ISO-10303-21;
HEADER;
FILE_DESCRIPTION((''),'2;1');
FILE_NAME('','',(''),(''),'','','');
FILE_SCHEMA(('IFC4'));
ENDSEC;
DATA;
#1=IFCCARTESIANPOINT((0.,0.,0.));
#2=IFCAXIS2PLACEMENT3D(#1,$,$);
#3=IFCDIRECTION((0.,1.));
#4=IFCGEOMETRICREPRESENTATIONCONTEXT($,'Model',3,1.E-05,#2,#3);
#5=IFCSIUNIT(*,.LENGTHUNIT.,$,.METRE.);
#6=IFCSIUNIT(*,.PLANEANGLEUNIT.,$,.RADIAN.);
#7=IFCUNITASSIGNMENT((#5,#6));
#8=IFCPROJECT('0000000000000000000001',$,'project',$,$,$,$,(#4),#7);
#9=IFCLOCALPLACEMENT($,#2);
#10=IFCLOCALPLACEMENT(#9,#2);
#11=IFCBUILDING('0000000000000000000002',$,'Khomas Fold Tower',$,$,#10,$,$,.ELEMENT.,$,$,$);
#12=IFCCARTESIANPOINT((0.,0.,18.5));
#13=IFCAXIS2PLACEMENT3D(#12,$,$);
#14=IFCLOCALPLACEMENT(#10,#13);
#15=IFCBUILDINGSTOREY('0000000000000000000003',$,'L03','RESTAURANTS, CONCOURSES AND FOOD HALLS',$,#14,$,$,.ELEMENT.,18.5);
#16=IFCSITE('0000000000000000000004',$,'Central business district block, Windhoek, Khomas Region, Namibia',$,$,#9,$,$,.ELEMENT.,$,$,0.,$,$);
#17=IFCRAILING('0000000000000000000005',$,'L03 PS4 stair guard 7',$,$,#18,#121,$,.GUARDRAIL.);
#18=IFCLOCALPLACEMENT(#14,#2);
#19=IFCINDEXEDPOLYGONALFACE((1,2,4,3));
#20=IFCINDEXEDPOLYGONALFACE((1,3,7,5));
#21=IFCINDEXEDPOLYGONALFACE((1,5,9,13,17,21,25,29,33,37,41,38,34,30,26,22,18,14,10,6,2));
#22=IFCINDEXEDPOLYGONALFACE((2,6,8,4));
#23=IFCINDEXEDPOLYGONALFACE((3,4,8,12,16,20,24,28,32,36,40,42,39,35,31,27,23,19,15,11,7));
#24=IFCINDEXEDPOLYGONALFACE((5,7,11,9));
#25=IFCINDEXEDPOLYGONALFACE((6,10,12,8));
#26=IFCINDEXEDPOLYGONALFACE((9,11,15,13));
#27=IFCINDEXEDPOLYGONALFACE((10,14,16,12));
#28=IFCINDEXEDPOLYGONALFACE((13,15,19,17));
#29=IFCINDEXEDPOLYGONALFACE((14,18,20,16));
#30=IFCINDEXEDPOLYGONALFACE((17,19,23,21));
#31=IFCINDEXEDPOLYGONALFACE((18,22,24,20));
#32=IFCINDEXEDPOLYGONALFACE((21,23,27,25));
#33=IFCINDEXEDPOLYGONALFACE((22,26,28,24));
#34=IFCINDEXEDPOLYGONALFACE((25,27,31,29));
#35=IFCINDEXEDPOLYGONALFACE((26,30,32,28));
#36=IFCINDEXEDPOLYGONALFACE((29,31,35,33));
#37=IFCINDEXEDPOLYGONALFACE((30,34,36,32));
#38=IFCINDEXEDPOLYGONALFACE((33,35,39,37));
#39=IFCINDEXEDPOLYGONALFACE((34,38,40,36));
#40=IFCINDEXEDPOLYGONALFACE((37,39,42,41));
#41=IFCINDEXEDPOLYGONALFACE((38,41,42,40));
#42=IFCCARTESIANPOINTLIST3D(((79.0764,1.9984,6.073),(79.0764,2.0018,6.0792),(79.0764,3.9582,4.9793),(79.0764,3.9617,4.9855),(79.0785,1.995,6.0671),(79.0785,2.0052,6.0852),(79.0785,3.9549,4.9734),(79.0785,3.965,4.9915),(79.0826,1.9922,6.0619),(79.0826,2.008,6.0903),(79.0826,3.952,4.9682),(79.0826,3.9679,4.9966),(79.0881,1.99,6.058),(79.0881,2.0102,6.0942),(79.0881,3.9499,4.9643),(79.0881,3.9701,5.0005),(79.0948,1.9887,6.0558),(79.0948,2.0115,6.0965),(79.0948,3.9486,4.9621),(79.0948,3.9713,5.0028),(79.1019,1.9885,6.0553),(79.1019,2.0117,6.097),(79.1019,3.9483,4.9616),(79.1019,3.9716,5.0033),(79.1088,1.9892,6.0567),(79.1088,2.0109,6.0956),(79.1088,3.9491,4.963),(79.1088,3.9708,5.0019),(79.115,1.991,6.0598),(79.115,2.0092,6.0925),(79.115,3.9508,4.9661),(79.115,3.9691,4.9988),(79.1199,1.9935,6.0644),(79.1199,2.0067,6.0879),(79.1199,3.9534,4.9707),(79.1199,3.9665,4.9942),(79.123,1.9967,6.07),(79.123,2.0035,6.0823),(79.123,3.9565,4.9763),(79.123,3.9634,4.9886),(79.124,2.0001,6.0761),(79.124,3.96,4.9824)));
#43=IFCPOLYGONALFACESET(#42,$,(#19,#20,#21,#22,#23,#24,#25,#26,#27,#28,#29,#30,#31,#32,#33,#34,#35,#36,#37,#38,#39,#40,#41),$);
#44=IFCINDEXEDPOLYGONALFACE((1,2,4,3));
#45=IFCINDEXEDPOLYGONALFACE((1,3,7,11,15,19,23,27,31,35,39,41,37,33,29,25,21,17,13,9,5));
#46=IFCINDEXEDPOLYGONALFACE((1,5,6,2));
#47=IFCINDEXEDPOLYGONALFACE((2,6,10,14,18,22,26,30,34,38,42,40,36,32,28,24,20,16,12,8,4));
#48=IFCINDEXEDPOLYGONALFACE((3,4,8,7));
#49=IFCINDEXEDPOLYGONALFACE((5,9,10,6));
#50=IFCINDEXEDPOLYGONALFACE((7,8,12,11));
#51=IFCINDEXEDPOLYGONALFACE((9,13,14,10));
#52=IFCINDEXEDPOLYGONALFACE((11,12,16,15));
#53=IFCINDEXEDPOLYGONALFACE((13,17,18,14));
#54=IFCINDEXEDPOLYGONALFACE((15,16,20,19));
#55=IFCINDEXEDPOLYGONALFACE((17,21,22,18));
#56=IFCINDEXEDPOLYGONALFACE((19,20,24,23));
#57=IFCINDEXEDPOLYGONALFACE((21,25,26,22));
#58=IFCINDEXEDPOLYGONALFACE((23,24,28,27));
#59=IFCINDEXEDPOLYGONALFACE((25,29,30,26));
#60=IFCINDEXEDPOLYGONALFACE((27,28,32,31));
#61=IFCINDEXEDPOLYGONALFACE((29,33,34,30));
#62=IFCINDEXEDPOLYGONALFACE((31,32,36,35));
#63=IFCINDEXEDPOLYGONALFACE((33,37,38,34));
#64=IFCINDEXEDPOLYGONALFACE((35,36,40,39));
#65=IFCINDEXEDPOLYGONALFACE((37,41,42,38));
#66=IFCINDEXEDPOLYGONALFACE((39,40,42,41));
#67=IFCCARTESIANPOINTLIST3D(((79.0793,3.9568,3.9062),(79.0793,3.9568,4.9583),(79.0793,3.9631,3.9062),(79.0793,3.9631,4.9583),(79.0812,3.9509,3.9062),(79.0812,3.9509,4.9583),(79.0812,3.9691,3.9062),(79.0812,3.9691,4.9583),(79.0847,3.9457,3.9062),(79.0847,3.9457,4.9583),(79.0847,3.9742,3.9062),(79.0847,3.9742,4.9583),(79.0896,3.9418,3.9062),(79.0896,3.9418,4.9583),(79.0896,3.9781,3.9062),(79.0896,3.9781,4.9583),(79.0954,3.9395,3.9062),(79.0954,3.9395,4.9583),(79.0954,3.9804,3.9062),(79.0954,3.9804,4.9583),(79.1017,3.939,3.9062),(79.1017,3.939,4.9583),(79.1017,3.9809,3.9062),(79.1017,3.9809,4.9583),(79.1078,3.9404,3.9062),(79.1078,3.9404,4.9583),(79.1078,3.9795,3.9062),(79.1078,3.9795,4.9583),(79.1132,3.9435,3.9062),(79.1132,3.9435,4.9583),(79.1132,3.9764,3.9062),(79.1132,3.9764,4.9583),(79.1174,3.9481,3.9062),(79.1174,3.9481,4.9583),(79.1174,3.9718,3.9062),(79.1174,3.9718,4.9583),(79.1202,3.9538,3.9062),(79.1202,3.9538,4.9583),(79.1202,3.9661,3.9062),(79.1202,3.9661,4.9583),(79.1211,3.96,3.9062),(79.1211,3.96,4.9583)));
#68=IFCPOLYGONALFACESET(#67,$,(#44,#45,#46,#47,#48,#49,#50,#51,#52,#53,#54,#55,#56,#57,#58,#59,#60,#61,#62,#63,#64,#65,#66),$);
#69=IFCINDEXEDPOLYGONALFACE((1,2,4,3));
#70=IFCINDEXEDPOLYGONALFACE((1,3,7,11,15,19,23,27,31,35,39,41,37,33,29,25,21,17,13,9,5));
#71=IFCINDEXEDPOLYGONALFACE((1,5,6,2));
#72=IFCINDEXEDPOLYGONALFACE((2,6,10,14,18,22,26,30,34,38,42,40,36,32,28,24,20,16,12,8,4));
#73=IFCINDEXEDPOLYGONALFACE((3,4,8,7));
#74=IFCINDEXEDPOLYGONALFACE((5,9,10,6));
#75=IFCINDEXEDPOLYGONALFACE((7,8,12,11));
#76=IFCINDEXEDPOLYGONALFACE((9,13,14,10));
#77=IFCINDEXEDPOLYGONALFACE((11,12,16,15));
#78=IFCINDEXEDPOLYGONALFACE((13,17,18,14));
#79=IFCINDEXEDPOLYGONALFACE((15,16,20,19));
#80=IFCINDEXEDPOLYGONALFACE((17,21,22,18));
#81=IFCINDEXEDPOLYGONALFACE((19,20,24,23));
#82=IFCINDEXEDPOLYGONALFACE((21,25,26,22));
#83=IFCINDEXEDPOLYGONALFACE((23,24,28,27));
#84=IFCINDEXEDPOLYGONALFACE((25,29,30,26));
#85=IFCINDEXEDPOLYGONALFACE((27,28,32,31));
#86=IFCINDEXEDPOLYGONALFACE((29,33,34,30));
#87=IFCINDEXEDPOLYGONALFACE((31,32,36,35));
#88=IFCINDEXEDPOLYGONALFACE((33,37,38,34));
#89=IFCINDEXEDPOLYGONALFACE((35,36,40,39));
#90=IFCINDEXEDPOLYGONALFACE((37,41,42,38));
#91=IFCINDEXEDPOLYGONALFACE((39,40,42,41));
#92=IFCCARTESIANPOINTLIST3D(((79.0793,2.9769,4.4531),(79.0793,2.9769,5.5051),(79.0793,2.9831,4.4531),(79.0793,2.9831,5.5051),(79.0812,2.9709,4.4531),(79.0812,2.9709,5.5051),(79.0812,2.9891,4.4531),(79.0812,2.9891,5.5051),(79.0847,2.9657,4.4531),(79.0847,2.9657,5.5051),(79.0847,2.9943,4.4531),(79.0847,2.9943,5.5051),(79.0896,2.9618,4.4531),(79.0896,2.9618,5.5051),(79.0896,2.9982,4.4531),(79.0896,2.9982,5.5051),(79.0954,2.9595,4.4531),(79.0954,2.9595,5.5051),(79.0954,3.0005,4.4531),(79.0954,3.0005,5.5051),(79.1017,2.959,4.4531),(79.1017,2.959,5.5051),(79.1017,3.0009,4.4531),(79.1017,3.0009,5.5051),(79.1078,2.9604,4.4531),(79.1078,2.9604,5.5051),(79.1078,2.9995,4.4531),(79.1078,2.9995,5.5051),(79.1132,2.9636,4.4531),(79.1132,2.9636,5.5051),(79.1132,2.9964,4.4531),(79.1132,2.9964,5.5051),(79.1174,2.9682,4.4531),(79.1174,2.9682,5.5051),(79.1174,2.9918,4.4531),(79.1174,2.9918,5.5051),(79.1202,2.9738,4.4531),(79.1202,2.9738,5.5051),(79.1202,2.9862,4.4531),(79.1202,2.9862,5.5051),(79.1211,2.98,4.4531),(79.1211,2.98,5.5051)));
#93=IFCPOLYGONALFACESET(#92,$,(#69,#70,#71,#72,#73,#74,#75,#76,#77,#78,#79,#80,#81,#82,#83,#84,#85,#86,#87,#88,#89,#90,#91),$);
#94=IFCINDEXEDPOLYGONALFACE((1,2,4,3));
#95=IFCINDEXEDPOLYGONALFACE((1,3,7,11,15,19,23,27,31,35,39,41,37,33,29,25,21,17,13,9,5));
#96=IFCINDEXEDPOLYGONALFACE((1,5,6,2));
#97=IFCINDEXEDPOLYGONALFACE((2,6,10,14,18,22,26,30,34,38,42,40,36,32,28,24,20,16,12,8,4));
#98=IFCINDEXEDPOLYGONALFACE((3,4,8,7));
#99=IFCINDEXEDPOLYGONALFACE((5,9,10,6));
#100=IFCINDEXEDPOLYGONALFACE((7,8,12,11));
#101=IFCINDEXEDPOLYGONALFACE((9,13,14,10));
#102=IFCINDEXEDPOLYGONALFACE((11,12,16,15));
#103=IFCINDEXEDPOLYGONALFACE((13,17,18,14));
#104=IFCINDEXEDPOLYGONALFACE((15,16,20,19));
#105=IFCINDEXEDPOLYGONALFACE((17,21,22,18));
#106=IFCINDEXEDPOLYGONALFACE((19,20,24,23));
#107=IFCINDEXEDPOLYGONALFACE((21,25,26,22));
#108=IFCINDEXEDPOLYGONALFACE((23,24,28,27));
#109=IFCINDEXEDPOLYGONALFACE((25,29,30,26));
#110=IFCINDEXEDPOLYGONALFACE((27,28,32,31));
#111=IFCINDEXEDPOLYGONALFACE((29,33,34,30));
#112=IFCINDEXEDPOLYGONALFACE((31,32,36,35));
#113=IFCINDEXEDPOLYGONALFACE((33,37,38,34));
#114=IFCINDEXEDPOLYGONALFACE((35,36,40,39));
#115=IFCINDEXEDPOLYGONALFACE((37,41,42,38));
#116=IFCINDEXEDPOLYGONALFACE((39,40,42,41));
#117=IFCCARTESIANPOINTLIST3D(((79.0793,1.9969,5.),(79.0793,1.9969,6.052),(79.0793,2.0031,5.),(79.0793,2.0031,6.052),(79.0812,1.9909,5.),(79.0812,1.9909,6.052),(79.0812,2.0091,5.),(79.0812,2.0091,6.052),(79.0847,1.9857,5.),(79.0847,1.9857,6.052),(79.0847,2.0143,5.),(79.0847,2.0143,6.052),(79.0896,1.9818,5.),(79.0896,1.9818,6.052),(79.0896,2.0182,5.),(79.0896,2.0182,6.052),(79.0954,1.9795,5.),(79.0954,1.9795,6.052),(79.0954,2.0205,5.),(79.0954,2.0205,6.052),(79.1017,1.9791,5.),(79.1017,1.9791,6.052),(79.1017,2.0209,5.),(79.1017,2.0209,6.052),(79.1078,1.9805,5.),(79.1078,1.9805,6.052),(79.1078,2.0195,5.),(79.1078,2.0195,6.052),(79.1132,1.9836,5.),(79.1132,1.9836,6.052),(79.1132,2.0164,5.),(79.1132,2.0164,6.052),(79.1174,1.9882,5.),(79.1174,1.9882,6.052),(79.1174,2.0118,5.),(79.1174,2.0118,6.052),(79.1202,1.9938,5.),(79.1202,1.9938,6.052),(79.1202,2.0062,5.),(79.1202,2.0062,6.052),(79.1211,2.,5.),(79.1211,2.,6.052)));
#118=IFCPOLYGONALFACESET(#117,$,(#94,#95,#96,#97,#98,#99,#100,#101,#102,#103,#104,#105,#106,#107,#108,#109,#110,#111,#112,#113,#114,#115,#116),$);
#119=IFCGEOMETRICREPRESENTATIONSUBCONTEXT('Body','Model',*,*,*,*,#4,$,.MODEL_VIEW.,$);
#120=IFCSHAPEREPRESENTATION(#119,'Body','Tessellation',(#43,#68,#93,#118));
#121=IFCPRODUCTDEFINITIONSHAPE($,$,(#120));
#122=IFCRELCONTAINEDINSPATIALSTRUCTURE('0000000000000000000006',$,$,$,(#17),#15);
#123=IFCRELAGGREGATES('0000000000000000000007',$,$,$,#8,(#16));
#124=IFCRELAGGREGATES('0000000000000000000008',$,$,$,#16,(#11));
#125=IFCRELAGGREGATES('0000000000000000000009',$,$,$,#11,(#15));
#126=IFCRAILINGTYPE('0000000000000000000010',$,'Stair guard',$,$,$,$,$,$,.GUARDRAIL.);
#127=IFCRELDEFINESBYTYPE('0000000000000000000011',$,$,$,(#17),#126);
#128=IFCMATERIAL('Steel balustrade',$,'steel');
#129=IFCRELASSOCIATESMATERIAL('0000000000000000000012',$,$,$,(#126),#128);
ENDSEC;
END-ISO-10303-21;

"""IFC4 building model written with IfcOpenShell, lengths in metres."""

from ifc_helpers import new_model, si_unit, direction, frame, origin, origin_2d, place, context, subcontext, project, spatial, circle, extrude, source, transform, mapped, material, type_object, element, save


model = new_model("IFC4")

# Units and contexts
model_context = context("Model", 3, precision=1e-05, world=origin(), true_north=direction((0.0, 1.0)))
body_context = subcontext(model_context, "Body", "Model", "MODEL_VIEW")
ifc_project = project(units=[si_unit("LENGTHUNIT", "METRE"), si_unit("PLANEANGLEUNIT", "RADIAN")], contexts=[model_context])

# Site, building, storey
site_placement = place(None, origin())
site = spatial("IfcSite", under=ifc_project, at=site_placement, Name="Central business district block, Windhoek, Khomas Region, Namibia", CompositionType="ELEMENT", RefElevation=0.0)
building_placement = place(site_placement, origin())
building = spatial("IfcBuilding", under=site, at=building_placement, Name="Khomas Fold Tower", CompositionType="ELEMENT")
storey_placement = place(building_placement, frame((0.0, 0.0, 18.5)))
storey = spatial("IfcBuildingStorey", under=building, at=storey_placement, Name="L03", Description="RESTAURANTS, CONCOURSES AND FOOD HALLS", CompositionType="ELEMENT", Elevation=18.5)

# Railing
ifc_material_1 = material(Name="Steel balustrade", Category="steel")
railing_type_1 = type_object("IfcRailingType", Name="Stair guard", PredefinedType="GUARDRAIL", material=ifc_material_1)
shared_shape_1 = source(origin(), body_context, "Body", "SweptSolid", [
    extrude(circle(Radius=0.0239, at=origin_2d()), frame((0.0, 0.0, 1.0762), z_axis=(0.0, -0.873232, 0.487304), x_axis=(1.0, 0.0, 0.0)), (0.0, 0.0, 1.0), 2.2444),
    extrude(circle(Radius=0.021, at=origin_2d()), origin(), (0.0, 0.0, 1.0), 1.052),
    extrude(circle(Radius=0.021, at=origin_2d()), frame((0.0, -0.98, 0.5469)), (0.0, 0.0, 1.0), 1.052),
    extrude(circle(Radius=0.021, at=origin_2d()), frame((0.0, -1.96, 1.0938)), (0.0, 0.0, 1.0), 1.052),
])
for number, where, name in (
    (1, (79.1001, 3.96, 3.9062), "L03 PS4 stair guard 7"),
):
    element("IfcRailing", number, at=place(storey_placement, frame(where)), inside=storey, type_object=railing_type_1, Name=name, PredefinedType="GUARDRAIL", context=body_context, shape_type="MappedRepresentation", body=[
        mapped(shared_shape_1, transform((0.0, 0.0, 0.0))),
    ])

save(model, "model.ifc")
